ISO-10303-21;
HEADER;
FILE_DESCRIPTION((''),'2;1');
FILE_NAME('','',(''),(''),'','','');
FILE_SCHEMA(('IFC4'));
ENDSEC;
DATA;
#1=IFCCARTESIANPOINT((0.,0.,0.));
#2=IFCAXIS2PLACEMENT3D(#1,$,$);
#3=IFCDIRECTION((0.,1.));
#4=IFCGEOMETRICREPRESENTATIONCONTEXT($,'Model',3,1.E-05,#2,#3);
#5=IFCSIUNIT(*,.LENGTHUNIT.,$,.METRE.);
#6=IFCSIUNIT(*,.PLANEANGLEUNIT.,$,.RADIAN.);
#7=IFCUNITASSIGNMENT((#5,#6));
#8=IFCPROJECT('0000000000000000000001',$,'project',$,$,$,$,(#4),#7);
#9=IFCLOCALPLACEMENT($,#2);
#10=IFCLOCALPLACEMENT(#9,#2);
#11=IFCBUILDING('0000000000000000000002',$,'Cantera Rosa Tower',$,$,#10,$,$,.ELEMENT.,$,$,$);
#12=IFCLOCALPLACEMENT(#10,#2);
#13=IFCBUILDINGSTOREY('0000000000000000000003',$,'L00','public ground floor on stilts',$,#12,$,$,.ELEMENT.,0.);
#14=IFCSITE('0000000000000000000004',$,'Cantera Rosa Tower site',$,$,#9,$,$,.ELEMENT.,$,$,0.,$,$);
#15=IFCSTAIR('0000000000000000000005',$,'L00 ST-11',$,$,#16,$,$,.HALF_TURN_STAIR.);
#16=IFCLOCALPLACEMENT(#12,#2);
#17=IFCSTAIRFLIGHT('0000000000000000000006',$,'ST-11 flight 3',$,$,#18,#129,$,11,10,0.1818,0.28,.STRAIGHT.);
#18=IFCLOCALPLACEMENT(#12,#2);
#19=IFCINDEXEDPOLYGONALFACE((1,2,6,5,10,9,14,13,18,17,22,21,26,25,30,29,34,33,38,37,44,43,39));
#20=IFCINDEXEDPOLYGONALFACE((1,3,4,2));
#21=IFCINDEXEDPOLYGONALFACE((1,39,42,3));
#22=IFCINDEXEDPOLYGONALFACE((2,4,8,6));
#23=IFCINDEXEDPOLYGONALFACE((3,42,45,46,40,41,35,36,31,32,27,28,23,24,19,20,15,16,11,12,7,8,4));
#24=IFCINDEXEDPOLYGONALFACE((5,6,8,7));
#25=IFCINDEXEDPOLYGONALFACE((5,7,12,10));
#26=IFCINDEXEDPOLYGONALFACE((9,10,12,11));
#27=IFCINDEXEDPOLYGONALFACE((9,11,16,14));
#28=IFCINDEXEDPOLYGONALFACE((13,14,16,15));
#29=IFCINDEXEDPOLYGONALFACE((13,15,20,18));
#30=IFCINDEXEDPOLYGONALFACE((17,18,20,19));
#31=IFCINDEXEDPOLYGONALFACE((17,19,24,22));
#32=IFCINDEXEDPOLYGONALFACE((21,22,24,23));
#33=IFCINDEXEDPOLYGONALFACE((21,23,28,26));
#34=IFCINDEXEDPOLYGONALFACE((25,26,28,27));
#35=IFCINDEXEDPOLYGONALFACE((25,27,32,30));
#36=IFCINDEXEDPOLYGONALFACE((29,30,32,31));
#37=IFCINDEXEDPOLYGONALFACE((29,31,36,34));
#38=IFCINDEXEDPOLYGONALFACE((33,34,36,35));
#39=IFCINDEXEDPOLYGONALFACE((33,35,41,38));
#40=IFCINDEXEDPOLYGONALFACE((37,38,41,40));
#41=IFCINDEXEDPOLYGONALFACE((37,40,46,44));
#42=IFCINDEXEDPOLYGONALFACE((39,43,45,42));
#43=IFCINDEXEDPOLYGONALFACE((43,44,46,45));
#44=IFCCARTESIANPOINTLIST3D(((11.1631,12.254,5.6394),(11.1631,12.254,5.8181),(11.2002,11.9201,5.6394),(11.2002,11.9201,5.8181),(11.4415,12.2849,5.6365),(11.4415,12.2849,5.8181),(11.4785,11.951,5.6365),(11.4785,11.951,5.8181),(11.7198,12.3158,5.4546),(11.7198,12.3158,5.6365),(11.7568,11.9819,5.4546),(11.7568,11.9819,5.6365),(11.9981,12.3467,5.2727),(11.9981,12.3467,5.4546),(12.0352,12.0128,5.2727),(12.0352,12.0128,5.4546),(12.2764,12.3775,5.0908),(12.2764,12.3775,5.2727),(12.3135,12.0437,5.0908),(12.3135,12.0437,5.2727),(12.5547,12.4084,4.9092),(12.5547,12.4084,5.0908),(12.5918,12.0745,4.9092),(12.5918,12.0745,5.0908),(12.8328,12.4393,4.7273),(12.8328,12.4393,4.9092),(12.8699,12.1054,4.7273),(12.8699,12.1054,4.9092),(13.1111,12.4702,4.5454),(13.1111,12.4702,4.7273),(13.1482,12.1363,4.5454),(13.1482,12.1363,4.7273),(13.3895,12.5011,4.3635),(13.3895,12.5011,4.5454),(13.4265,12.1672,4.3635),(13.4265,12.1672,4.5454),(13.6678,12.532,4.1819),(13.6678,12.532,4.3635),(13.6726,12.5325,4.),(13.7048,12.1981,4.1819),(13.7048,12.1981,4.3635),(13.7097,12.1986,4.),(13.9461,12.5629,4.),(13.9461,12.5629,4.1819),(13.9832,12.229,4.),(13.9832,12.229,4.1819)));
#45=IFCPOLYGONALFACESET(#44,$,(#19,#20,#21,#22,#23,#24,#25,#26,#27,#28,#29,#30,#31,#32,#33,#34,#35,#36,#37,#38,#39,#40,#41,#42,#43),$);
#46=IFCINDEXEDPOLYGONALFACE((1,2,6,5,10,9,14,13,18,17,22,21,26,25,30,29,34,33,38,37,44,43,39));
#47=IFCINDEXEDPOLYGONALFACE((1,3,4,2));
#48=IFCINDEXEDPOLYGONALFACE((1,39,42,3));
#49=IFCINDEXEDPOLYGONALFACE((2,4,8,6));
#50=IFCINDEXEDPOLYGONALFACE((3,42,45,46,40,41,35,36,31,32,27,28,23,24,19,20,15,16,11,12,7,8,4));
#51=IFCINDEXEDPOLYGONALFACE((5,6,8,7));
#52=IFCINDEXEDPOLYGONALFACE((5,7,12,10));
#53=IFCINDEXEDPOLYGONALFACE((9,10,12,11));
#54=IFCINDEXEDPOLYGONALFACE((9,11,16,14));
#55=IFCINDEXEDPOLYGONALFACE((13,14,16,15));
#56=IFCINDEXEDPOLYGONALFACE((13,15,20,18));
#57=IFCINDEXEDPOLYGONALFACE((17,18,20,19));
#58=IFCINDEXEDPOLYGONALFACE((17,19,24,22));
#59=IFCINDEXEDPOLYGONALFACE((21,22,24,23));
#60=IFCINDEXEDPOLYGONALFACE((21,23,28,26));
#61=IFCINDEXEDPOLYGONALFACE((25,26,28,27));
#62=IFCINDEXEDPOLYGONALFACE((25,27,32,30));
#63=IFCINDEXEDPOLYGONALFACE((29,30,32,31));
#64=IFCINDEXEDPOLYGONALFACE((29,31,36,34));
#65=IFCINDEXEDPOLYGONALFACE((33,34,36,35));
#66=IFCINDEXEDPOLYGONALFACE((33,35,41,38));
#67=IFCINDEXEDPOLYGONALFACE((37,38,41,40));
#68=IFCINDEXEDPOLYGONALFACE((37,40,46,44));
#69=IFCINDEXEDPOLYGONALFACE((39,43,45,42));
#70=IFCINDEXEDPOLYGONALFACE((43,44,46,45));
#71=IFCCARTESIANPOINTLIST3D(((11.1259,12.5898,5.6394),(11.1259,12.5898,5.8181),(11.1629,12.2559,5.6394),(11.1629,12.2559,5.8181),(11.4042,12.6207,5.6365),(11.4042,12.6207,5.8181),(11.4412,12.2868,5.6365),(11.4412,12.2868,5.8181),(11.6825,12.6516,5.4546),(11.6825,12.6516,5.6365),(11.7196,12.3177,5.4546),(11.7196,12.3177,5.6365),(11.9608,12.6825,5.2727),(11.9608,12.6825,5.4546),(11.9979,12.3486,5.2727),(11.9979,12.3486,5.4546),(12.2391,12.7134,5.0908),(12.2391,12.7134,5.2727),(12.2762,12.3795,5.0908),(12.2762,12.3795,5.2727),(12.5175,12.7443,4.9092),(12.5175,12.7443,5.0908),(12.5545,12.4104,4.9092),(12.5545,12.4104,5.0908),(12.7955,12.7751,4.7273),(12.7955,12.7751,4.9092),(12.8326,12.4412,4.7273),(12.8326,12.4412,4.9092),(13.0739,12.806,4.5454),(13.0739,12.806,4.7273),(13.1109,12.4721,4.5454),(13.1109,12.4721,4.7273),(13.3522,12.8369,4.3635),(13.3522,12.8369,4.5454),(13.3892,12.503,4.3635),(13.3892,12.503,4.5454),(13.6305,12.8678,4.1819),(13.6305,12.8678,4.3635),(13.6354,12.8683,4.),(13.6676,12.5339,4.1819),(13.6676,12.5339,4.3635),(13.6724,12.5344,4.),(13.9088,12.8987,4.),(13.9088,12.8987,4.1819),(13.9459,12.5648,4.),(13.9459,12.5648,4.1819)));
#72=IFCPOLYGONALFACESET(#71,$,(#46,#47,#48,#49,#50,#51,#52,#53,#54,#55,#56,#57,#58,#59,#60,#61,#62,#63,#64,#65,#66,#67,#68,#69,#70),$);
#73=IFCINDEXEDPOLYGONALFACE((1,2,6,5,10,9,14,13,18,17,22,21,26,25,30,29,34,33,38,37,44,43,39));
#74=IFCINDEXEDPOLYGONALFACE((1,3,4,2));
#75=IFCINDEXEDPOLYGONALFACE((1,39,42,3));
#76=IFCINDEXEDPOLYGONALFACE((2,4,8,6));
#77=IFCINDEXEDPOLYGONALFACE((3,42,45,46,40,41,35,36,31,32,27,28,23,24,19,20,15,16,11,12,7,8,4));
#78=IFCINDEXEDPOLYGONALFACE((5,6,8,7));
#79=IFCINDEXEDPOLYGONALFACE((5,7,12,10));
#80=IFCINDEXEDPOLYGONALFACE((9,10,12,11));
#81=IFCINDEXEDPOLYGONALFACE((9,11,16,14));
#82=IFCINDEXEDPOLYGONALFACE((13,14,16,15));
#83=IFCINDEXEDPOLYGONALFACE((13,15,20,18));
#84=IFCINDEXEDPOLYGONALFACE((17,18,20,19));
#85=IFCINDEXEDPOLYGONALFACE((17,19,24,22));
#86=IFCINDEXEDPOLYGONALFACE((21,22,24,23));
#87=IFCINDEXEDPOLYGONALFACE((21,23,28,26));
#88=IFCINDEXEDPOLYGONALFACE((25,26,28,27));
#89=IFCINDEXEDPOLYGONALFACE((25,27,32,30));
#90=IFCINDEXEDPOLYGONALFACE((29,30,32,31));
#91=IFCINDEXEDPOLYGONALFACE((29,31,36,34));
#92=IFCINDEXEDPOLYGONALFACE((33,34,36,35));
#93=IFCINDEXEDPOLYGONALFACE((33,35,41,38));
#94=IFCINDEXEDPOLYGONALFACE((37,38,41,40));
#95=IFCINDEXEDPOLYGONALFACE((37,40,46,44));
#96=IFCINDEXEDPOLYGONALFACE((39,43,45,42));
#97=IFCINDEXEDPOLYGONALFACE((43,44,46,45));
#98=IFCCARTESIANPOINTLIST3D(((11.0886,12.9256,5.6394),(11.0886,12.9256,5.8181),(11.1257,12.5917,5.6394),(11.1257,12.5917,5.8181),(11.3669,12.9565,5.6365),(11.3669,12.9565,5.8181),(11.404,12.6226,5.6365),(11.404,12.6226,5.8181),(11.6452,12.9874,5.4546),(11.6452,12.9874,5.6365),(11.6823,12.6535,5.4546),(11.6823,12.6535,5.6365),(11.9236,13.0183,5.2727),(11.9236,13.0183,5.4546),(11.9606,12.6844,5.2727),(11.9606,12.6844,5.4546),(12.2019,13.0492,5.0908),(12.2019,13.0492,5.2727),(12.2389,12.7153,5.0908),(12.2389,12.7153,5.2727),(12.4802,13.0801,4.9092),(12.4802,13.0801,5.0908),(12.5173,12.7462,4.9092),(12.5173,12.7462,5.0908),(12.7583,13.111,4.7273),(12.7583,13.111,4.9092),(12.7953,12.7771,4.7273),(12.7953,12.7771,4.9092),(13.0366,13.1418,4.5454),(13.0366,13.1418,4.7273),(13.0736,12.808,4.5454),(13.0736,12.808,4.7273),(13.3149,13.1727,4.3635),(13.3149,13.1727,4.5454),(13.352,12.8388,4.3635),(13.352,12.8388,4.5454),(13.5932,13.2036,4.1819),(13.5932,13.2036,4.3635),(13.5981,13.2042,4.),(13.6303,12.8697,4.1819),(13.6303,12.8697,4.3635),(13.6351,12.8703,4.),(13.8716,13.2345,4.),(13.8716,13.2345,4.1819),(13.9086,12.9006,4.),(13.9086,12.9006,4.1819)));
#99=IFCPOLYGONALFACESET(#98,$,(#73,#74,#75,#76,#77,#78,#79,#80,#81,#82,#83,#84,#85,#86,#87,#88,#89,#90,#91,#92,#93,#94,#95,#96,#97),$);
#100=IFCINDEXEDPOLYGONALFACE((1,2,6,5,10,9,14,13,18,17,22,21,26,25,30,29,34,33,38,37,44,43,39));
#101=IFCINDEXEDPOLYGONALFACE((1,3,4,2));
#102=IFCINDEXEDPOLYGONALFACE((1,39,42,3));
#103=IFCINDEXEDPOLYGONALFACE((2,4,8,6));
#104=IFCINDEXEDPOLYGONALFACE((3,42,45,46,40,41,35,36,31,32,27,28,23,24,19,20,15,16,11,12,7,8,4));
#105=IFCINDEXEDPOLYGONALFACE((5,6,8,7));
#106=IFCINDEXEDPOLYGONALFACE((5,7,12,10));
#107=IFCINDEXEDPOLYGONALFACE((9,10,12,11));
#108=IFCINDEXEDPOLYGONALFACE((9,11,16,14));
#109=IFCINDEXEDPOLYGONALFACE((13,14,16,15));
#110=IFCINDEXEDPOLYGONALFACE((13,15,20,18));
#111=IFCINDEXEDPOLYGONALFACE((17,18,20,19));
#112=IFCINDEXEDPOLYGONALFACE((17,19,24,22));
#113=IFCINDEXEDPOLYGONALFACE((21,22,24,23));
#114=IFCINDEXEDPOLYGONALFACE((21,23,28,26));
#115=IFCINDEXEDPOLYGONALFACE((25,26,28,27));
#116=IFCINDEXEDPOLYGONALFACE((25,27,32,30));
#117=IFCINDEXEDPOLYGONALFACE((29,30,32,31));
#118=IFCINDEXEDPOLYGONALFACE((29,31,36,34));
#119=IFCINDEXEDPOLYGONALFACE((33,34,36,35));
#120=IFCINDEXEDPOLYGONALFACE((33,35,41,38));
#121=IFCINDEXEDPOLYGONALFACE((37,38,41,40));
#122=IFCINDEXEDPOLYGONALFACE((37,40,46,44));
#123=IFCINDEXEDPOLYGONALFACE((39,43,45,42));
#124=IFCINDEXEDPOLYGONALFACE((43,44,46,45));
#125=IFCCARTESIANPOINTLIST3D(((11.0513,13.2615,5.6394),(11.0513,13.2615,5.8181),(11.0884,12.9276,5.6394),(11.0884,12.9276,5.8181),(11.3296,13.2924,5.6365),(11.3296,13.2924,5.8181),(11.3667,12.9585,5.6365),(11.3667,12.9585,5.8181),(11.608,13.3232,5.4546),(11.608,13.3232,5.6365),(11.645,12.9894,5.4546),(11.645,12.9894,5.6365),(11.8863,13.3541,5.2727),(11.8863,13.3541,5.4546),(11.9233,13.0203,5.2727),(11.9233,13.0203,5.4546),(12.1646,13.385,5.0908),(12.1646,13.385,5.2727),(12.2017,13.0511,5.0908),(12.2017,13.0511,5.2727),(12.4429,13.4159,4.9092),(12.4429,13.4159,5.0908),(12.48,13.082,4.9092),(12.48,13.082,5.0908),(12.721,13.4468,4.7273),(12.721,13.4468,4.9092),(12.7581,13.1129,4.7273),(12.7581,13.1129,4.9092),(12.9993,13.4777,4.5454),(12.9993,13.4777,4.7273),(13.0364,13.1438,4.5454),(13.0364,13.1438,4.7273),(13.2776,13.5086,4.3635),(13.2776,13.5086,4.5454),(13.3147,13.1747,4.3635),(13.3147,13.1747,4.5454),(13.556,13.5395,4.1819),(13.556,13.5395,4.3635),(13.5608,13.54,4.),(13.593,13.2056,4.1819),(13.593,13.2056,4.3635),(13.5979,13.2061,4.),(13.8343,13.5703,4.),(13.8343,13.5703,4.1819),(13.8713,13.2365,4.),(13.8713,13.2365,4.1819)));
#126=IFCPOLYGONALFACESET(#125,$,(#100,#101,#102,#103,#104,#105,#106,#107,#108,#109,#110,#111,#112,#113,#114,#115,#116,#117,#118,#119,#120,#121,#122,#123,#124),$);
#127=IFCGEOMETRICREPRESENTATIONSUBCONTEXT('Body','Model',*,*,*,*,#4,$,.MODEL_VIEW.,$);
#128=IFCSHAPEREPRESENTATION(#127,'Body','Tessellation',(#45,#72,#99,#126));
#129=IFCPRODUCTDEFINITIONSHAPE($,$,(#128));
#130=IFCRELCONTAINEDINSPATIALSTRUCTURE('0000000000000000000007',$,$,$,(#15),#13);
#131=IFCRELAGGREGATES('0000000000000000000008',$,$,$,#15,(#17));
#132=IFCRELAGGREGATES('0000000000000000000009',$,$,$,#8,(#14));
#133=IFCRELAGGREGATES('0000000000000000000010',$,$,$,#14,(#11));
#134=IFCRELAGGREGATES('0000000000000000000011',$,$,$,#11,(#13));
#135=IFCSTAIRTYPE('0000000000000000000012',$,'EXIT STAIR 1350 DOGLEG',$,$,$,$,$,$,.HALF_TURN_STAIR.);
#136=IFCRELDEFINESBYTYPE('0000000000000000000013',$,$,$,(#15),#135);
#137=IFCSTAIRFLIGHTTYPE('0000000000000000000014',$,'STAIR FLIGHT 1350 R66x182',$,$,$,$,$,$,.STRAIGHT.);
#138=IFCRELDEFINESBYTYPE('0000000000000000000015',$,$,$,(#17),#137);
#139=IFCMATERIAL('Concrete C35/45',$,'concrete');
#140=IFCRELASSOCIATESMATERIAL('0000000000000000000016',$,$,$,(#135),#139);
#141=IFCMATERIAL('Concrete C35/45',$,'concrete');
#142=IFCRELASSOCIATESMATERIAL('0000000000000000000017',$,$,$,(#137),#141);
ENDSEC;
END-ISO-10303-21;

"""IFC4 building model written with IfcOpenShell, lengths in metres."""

from ifc_helpers import new_model, si_unit, direction, frame, origin, place, context, subcontext, project, spatial, polyline, outline, extrude, material, type_object, element, aggregate, save


model = new_model("IFC4")

# Units and contexts
model_context = context("Model", 3, precision=1e-05, world=origin(), true_north=direction((0.0, 1.0)))
body_context = subcontext(model_context, "Body", "Model", "MODEL_VIEW")
ifc_project = project(units=[si_unit("LENGTHUNIT", "METRE"), si_unit("PLANEANGLEUNIT", "RADIAN")], contexts=[model_context])

# Site, building, storey
site_placement = place(None, origin())
site = spatial("IfcSite", under=ifc_project, at=site_placement, Name="Cantera Rosa Tower site", CompositionType="ELEMENT", RefElevation=0.0)
building_placement = place(site_placement, origin())
building = spatial("IfcBuilding", under=site, at=building_placement, Name="Cantera Rosa Tower", CompositionType="ELEMENT")
storey_placement = place(building_placement, origin())
storey = spatial("IfcBuildingStorey", under=building, at=storey_placement, Name="L00", Description="public ground floor on stilts", CompositionType="ELEMENT", Elevation=0.0)

# Stair, stair flight
ifc_material_1 = material(Name="Concrete C35/45", Category="concrete")
stair_type = type_object("IfcStairType", Name="EXIT STAIR 1350 DOGLEG", PredefinedType="HALF_TURN_STAIR", material=ifc_material_1)
stair_placement = place(storey_placement, origin())
stair = element("IfcStair", 1, at=stair_placement, inside=storey, type_object=stair_type, Name="L00 ST-11", PredefinedType="HALF_TURN_STAIR")
ifc_material_2 = material(Name="Concrete C35/45", Category="concrete")
stair_flight_type = type_object("IfcStairFlightType", Name="STAIR FLIGHT 1350 R66x182", PredefinedType="STRAIGHT", material=ifc_material_2)
stair_flight_1_placement = place(storey_placement, frame((13.9087, 12.8999, 4.0), z_axis=(0.0, 0.0, 1.0), x_axis=(-0.993897, -0.110313, 0.0)))
stair_flight_1 = element("IfcStairFlight", 2, at=stair_flight_1_placement, type_object=stair_flight_type, Name="ST-11 flight 3", NumberOfRisers=11, NumberOfTreads=10, PredefinedType="STRAIGHT", RiserHeight=0.1818, TreadLength=0.28, context=body_context, shape_type="SweptSolid", body=[
    extrude(outline(polyline([(0.0, 0.0), (0.0, 0.1819), (0.28, 0.1819), (0.28, 0.3635), (0.5601, 0.3635), (0.5601, 0.5454), (0.8401, 0.5454), (0.8401, 0.7273), (1.1201, 0.7273), (1.1201, 0.9092), (1.3999, 0.9092), (1.3999, 1.0908), (1.6799, 1.0908), (1.6799, 1.2727), (1.96, 1.2727), (1.96, 1.4546), (2.24, 1.4546), (2.24, 1.6365), (2.52, 1.6365), (2.52, 1.8181), (2.8, 1.8181), (2.8, 2.0), (2.8, 1.6394), (0.2751, 0.0), (0.0, 0.0)])), frame((0.0, 0.675, 0.0), z_axis=(0.0, -1.0, 0.0), x_axis=(1.0, 0.0, 0.0)), (0.0, 0.0, 1.0), 0.3359),
    extrude(outline(polyline([(0.0, 0.0), (0.0, 0.1819), (0.28, 0.1819), (0.28, 0.3635), (0.5601, 0.3635), (0.5601, 0.5454), (0.8401, 0.5454), (0.8401, 0.7273), (1.1201, 0.7273), (1.1201, 0.9092), (1.3999, 0.9092), (1.3999, 1.0908), (1.6799, 1.0908), (1.6799, 1.2727), (1.96, 1.2727), (1.96, 1.4546), (2.24, 1.4546), (2.24, 1.6365), (2.52, 1.6365), (2.52, 1.8181), (2.8, 1.8181), (2.8, 2.0), (2.8, 1.6394), (0.2751, 0.0), (0.0, 0.0)])), frame((0.0, 0.3372, 0.0), z_axis=(0.0, -1.0, 0.0), x_axis=(1.0, 0.0, 0.0)), (0.0, 0.0, 1.0), 0.3359),
    extrude(outline(polyline([(0.0, 0.0), (0.0, 0.1819), (0.28, 0.1819), (0.28, 0.3635), (0.5601, 0.3635), (0.5601, 0.5454), (0.8401, 0.5454), (0.8401, 0.7273), (1.1201, 0.7273), (1.1201, 0.9092), (1.3999, 0.9092), (1.3999, 1.0908), (1.6799, 1.0908), (1.6799, 1.2727), (1.96, 1.2727), (1.96, 1.4546), (2.24, 1.4546), (2.24, 1.6365), (2.52, 1.6365), (2.52, 1.8181), (2.8, 1.8181), (2.8, 2.0), (2.8, 1.6394), (0.2751, 0.0), (0.0, 0.0)])), frame((0.0, -0.0007, 0.0), z_axis=(0.0, -1.0, 0.0), x_axis=(1.0, 0.0, 0.0)), (0.0, 0.0, 1.0), 0.3359),
    extrude(outline(polyline([(0.0, 0.0), (0.0, 0.1819), (0.28, 0.1819), (0.28, 0.3635), (0.5601, 0.3635), (0.5601, 0.5454), (0.8401, 0.5454), (0.8401, 0.7273), (1.1201, 0.7273), (1.1201, 0.9092), (1.3999, 0.9092), (1.3999, 1.0908), (1.6799, 1.0908), (1.6799, 1.2727), (1.96, 1.2727), (1.96, 1.4546), (2.24, 1.4546), (2.24, 1.6365), (2.52, 1.6365), (2.52, 1.8181), (2.8, 1.8181), (2.8, 2.0), (2.8, 1.6394), (0.2751, 0.0), (0.0, 0.0)])), frame((0.0, -0.3386, 0.0), z_axis=(0.0, -1.0, 0.0), x_axis=(1.0, 0.0, 0.0)), (0.0, 0.0, 1.0), 0.3359),
])
aggregate(stair, [stair_flight_1])

save(model, "model.ifc")
